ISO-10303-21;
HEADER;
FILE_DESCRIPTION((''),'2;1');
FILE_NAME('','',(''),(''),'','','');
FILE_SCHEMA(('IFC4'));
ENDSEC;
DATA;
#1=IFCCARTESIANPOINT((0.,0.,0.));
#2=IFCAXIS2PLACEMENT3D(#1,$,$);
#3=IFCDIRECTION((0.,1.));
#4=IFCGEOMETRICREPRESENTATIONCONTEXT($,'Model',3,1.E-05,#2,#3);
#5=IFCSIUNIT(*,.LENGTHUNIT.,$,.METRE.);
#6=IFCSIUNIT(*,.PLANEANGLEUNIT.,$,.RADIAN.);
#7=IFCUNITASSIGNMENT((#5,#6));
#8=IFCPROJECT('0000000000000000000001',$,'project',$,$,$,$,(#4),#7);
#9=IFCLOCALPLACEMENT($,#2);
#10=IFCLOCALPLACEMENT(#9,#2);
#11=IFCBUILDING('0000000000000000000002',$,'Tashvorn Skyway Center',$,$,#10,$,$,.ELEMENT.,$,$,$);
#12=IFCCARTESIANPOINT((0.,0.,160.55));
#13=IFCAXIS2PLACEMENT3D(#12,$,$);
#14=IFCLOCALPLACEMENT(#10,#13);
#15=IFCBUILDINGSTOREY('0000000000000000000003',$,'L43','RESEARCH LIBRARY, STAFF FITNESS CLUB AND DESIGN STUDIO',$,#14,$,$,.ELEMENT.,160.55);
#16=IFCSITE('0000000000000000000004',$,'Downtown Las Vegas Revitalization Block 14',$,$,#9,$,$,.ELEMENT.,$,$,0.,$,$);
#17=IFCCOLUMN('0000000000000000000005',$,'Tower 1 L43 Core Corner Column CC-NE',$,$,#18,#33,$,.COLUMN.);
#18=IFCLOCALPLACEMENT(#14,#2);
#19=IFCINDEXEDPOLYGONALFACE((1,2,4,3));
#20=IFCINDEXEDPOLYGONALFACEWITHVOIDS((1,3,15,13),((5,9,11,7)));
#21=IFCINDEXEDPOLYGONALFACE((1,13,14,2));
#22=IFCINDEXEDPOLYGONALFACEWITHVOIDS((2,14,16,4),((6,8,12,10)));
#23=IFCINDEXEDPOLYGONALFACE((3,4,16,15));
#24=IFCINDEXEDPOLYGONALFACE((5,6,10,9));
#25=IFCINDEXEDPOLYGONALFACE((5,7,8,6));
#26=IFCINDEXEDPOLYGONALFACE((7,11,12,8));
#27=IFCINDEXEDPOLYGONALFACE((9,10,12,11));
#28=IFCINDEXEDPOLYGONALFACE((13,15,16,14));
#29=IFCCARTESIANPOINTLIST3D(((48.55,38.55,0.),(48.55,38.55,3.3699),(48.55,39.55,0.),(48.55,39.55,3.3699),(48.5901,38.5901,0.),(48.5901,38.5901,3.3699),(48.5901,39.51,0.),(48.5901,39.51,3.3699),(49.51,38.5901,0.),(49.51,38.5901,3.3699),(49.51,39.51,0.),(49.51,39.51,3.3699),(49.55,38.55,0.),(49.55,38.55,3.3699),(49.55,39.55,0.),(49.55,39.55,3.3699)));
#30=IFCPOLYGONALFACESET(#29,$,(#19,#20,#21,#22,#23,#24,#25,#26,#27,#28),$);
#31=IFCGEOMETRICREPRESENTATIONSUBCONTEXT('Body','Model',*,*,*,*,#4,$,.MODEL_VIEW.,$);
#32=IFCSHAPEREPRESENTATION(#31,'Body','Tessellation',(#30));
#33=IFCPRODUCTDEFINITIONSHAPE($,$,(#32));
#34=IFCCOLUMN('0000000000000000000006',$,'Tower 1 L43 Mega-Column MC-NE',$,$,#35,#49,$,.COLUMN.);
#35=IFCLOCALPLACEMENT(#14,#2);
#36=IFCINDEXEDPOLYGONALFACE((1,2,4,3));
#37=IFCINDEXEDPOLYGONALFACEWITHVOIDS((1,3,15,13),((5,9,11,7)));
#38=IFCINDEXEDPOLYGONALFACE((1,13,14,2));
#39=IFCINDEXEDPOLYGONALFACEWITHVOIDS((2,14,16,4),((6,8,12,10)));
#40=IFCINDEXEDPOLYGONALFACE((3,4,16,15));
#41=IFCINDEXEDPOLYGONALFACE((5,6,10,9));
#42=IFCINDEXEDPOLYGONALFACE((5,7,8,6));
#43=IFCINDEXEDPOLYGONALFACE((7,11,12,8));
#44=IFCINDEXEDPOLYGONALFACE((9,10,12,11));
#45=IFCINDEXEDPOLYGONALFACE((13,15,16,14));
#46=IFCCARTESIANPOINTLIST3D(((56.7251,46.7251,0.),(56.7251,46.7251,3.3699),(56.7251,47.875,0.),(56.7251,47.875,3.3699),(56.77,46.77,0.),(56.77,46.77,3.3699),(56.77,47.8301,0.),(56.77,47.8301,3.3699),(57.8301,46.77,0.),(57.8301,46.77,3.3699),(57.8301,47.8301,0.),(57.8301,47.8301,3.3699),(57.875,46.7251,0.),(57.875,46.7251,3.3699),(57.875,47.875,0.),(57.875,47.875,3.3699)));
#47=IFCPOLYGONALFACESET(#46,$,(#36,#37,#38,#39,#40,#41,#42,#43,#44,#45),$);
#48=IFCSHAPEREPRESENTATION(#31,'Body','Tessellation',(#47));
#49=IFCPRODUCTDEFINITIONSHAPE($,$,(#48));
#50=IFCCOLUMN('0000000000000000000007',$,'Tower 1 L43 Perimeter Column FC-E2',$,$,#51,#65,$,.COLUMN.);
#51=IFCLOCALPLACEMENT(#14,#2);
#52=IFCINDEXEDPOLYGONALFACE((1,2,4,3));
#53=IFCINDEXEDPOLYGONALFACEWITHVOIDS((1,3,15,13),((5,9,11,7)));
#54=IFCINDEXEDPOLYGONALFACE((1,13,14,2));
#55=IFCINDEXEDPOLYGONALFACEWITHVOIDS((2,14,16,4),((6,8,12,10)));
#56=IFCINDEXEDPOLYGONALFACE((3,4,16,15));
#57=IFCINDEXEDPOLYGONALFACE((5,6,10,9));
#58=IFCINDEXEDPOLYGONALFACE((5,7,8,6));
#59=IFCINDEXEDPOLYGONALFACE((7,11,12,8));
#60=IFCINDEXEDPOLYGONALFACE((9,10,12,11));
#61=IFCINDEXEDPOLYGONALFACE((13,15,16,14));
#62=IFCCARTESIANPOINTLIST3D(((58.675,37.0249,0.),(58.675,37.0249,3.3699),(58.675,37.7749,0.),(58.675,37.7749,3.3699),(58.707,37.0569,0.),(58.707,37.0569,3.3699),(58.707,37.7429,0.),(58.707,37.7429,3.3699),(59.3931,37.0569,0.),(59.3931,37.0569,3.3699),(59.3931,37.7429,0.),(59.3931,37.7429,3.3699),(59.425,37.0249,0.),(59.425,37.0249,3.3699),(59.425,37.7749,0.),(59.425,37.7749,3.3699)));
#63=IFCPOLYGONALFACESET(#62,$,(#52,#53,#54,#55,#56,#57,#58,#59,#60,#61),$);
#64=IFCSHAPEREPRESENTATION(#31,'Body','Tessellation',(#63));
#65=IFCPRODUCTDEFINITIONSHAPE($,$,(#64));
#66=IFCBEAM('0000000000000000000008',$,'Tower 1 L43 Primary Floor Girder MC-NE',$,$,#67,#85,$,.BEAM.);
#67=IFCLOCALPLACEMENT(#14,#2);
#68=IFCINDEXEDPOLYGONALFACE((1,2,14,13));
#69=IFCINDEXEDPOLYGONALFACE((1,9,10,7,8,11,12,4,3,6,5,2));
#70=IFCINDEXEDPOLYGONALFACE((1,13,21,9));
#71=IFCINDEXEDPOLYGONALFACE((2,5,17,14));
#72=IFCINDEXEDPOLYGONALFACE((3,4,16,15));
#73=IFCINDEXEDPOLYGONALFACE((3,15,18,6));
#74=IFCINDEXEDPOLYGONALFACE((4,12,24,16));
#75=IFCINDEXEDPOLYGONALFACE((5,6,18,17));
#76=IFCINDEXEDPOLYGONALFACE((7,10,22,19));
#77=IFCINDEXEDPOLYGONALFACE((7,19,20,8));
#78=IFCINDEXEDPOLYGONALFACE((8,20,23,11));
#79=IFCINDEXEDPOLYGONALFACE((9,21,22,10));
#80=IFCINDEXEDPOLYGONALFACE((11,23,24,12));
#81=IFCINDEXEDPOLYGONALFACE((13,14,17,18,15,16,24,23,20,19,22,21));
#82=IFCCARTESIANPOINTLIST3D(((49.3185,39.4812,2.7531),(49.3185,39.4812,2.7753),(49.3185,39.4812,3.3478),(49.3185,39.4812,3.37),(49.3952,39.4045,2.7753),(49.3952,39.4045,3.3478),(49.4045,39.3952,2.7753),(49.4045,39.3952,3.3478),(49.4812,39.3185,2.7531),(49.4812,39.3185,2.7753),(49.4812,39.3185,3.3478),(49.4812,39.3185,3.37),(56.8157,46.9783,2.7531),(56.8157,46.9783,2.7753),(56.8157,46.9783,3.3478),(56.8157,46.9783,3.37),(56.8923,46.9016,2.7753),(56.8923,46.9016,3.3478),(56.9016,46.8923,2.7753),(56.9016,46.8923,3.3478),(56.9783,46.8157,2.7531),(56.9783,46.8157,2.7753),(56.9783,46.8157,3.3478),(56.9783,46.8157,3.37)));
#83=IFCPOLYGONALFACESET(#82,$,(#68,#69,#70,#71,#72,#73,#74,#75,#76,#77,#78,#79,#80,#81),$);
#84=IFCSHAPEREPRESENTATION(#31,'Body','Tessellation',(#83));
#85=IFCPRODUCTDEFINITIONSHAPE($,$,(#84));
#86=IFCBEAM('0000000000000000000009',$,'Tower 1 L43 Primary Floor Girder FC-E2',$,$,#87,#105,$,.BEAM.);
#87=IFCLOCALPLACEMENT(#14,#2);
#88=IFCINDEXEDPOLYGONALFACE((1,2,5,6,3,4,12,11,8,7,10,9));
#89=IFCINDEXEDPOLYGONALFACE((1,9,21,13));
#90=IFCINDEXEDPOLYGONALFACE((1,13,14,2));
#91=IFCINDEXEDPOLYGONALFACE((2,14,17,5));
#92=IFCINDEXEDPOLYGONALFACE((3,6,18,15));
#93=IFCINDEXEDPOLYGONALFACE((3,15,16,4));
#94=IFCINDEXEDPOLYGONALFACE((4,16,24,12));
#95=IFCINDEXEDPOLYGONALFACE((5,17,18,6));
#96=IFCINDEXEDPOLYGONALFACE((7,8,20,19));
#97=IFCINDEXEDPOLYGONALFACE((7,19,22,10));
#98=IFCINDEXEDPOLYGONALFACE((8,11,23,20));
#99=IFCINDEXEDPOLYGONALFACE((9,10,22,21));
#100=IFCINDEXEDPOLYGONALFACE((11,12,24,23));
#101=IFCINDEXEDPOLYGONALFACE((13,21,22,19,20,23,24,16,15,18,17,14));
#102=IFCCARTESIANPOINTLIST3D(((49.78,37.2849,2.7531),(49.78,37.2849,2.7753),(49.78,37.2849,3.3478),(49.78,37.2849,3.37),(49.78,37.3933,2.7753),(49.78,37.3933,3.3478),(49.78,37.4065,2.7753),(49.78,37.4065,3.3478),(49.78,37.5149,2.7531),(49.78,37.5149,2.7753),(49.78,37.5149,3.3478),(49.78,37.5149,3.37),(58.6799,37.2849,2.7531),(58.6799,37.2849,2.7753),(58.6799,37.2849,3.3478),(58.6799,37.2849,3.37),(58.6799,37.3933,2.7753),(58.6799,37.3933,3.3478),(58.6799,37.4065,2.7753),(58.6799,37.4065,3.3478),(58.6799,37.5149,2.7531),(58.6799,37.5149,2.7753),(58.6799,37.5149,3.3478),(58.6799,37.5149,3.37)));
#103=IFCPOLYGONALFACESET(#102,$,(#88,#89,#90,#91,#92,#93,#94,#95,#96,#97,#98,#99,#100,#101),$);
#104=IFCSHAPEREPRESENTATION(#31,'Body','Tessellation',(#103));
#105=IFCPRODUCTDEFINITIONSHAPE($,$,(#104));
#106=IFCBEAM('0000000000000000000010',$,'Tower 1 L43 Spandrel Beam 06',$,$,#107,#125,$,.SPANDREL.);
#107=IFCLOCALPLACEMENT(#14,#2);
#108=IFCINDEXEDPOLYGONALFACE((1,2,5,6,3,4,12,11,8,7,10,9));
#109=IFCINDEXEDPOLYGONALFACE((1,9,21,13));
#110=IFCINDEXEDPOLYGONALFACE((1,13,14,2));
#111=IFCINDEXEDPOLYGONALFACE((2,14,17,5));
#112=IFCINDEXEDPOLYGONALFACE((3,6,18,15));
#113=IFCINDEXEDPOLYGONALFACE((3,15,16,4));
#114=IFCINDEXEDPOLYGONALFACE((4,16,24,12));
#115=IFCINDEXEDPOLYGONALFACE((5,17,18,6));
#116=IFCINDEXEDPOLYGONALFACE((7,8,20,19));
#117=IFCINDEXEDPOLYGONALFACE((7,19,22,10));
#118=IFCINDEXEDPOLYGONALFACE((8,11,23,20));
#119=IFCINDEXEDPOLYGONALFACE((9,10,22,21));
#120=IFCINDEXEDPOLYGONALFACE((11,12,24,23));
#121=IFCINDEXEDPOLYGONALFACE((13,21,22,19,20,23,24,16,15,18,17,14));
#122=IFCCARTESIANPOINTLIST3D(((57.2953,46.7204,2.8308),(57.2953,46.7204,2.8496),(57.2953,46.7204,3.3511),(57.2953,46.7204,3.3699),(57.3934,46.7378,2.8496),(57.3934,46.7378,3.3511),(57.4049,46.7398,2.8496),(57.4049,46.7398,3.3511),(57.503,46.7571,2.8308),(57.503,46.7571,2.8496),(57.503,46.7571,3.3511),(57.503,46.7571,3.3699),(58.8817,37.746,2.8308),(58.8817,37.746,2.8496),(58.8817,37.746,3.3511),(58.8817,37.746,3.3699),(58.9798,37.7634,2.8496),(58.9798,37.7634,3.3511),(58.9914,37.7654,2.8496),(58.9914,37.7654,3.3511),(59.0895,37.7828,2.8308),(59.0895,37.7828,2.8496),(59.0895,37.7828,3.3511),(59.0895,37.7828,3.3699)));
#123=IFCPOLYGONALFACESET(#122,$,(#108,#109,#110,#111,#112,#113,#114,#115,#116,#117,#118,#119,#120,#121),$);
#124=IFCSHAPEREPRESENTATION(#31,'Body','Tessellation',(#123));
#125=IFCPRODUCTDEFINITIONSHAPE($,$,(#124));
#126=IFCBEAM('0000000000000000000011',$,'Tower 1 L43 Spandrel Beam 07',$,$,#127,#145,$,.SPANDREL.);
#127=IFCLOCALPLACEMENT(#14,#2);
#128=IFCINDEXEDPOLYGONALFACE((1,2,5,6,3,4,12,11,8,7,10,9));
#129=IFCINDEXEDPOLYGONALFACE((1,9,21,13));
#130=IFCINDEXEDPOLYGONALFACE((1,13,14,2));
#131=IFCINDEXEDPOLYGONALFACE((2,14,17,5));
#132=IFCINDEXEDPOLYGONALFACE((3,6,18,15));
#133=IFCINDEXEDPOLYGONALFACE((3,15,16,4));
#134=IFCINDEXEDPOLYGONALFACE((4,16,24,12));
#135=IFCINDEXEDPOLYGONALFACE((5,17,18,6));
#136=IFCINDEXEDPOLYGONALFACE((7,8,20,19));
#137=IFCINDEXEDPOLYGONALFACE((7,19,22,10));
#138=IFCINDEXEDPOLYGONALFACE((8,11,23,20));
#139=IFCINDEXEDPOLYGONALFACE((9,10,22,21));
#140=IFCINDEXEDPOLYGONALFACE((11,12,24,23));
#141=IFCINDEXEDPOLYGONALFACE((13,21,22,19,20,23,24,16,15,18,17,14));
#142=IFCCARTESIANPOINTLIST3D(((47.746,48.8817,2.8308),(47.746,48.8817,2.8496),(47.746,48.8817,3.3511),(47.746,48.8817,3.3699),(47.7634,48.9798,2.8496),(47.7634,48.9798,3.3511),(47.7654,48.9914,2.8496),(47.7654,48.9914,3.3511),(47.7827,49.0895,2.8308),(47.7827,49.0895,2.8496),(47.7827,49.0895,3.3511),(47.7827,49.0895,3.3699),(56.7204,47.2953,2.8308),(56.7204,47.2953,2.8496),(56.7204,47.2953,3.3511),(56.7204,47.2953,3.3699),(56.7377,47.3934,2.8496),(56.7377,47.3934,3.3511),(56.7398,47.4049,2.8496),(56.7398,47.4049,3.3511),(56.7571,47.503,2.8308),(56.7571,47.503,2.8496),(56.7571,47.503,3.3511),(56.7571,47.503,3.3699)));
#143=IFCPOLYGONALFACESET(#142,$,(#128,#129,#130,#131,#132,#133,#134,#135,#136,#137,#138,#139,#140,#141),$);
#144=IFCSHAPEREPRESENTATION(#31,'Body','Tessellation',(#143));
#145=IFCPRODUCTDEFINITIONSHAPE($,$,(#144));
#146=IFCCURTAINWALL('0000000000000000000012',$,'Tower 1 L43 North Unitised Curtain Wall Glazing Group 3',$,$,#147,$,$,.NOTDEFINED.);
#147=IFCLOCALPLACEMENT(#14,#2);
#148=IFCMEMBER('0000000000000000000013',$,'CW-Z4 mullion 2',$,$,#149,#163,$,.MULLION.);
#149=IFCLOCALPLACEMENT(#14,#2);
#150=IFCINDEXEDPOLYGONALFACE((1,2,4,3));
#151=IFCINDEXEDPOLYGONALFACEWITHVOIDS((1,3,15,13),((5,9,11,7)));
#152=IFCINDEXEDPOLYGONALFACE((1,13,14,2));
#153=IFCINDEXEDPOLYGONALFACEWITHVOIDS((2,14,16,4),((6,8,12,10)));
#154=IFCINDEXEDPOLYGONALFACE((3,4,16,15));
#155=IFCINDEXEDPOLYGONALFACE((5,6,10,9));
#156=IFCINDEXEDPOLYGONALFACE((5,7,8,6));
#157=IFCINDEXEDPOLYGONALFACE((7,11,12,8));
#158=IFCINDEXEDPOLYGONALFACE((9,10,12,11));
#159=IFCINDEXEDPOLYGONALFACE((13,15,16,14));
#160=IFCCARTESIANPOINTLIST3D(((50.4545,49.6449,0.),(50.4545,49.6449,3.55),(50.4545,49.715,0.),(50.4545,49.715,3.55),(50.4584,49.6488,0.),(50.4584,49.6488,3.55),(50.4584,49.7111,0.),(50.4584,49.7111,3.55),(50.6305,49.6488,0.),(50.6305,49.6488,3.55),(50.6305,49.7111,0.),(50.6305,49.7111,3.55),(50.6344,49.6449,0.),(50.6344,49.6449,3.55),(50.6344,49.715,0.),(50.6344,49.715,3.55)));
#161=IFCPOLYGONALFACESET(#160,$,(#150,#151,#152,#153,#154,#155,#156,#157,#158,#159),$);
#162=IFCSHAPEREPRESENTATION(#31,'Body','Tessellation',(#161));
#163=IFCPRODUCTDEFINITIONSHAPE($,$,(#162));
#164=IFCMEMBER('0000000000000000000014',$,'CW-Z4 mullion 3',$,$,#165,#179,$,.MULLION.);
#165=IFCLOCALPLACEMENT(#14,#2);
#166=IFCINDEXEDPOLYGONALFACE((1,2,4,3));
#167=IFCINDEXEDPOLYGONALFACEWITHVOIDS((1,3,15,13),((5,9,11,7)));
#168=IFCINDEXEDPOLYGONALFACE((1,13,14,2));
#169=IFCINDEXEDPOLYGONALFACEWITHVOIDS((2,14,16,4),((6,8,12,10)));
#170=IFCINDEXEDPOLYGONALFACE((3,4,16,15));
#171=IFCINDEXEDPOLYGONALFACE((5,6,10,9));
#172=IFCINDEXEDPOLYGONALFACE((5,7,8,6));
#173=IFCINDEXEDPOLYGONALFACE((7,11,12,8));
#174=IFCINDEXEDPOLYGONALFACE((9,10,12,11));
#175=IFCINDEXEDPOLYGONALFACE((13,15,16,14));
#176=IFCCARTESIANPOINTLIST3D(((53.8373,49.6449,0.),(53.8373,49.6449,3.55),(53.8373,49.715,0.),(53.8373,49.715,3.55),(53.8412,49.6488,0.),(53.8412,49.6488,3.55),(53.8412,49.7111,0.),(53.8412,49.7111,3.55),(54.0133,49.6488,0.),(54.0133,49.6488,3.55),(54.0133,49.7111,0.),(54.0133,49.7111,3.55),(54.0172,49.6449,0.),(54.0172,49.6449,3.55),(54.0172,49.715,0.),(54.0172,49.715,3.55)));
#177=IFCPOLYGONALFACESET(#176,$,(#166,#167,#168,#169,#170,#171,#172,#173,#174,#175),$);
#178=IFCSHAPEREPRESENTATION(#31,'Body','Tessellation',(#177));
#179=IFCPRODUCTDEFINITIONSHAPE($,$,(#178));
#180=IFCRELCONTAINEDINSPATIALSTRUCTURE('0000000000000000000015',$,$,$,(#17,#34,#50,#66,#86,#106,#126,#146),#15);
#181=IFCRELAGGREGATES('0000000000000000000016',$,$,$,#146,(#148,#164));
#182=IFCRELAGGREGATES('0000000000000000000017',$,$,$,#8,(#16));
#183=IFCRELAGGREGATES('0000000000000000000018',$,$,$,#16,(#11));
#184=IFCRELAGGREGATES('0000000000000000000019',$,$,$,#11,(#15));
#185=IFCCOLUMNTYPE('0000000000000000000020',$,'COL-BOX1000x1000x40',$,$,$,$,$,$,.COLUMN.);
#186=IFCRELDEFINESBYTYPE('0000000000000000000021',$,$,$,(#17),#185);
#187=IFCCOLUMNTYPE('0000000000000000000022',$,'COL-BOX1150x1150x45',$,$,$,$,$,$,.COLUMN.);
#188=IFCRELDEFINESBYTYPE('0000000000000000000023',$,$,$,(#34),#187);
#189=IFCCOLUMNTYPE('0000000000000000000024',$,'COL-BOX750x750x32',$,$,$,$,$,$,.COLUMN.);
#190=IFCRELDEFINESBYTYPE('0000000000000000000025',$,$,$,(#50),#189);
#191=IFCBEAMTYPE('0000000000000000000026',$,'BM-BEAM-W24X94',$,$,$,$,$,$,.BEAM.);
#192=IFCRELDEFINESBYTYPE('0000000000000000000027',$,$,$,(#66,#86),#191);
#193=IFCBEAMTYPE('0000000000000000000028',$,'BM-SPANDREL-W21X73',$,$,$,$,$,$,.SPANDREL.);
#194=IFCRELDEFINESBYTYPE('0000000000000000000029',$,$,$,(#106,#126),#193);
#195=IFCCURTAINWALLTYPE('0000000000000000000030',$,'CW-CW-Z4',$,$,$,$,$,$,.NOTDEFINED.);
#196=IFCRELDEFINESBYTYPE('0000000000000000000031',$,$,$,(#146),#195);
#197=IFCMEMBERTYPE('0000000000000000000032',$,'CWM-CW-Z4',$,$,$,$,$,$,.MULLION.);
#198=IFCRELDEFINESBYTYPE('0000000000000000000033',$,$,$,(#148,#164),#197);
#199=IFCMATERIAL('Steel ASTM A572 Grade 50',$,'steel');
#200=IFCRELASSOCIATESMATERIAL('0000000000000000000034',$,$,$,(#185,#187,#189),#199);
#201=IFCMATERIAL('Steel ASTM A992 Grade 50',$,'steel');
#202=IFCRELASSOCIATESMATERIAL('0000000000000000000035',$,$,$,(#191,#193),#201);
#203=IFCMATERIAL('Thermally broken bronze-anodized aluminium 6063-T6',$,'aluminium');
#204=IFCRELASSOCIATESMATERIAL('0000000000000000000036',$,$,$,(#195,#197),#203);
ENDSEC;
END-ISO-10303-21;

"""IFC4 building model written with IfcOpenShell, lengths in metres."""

from ifc_helpers import new_model, si_unit, direction, frame, origin, origin_2d, place, context, subcontext, project, spatial, hollow_rectangle, i_section, extrude, material, material_profile, profile_set, type_object, element, aggregate, save


model = new_model("IFC4")

# Units and contexts
model_context = context("Model", 3, precision=1e-05, world=origin(), true_north=direction((0.0, 1.0)))
body_context = subcontext(model_context, "Body", "Model", "MODEL_VIEW")
ifc_project = project(units=[si_unit("LENGTHUNIT", "METRE"), si_unit("PLANEANGLEUNIT", "RADIAN")], contexts=[model_context])

# Site, building, storey
site_placement = place(None, origin())
site = spatial("IfcSite", under=ifc_project, at=site_placement, Name="Downtown Las Vegas Revitalization Block 14", CompositionType="ELEMENT", RefElevation=0.0)
building_placement = place(site_placement, origin())
building = spatial("IfcBuilding", under=site, at=building_placement, Name="Tashvorn Skyway Center", CompositionType="ELEMENT")
storey_placement = place(building_placement, frame((0.0, 0.0, 160.55)))
storey = spatial("IfcBuildingStorey", under=building, at=storey_placement, Name="L43", Description="RESEARCH LIBRARY, STAFF FITNESS CLUB AND DESIGN STUDIO", CompositionType="ELEMENT", Elevation=160.55)

# Columns
ifc_material_1 = material(Name="Steel ASTM A572 Grade 50", Category="steel")
ifc_material_profile_1 = material_profile(ifc_material_1, hollow_rectangle(XDim=1.0, YDim=1.0, WallThickness=0.04, at=origin_2d()), Name="BOX1000x1000x40")
ifc_profile_set_1 = profile_set([ifc_material_profile_1], Name="Steel ASTM A572 Grade 50")
column_type_1 = type_object("IfcColumnType", Name="COL-BOX1000x1000x40", PredefinedType="COLUMN", material=ifc_profile_set_1)
column_1_placement = place(storey_placement, frame((49.05, 39.05, 0.0), z_axis=(0.0, 0.0, 1.0), x_axis=(1.0, 0.0, 0.0)))
element("IfcColumn", 1, at=column_1_placement, inside=storey, type_object=column_type_1, Name="Tower 1 L43 Core Corner Column CC-NE", PredefinedType="COLUMN", context=body_context, shape_type="SweptSolid", body=[
    extrude(hollow_rectangle(XDim=1.0, YDim=1.0, WallThickness=0.04, at=origin_2d()), origin(), (0.0, 0.0, 1.0), 3.3699),
])
ifc_material_profile_2 = material_profile(ifc_material_1, hollow_rectangle(XDim=1.1499, YDim=1.1499, WallThickness=0.0449, at=origin_2d()), Name="BOX1150x1150x45")
ifc_profile_set_2 = profile_set([ifc_material_profile_2], Name="Steel ASTM A572 Grade 50")
column_type_2 = type_object("IfcColumnType", Name="COL-BOX1150x1150x45", PredefinedType="COLUMN", material=ifc_profile_set_2)
column_2_placement = place(storey_placement, frame((57.3, 47.3, 0.0), z_axis=(0.0, 0.0, 1.0), x_axis=(1.0, 0.0, 0.0)))
element("IfcColumn", 2, at=column_2_placement, inside=storey, type_object=column_type_2, Name="Tower 1 L43 Mega-Column MC-NE", PredefinedType="COLUMN", context=body_context, shape_type="SweptSolid", body=[
    extrude(hollow_rectangle(XDim=1.1499, YDim=1.1499, WallThickness=0.0449, at=origin_2d()), origin(), (0.0, 0.0, 1.0), 3.3699),
])
ifc_material_profile_3 = material_profile(ifc_material_1, hollow_rectangle(XDim=0.75, YDim=0.75, WallThickness=0.032, at=origin_2d()), Name="BOX750x750x32")
ifc_profile_set_3 = profile_set([ifc_material_profile_3], Name="Steel ASTM A572 Grade 50")
column_type_3 = type_object("IfcColumnType", Name="COL-BOX750x750x32", PredefinedType="COLUMN", material=ifc_profile_set_3)
column_3_placement = place(storey_placement, frame((59.05, 37.3999, 0.0), z_axis=(0.0, 0.0, 1.0), x_axis=(1.0, 0.0, 0.0)))
element("IfcColumn", 3, at=column_3_placement, inside=storey, type_object=column_type_3, Name="Tower 1 L43 Perimeter Column FC-E2", PredefinedType="COLUMN", context=body_context, shape_type="SweptSolid", body=[
    extrude(hollow_rectangle(XDim=0.75, YDim=0.75, WallThickness=0.032, at=origin_2d()), origin(), (0.0, 0.0, 1.0), 3.3699),
])

# Beams
ifc_material_2 = material(Name="Steel ASTM A992 Grade 50", Category="steel")
ifc_material_profile_4 = material_profile(ifc_material_2, i_section(OverallWidth=0.23, OverallDepth=0.6169, WebThickness=0.0132, FlangeThickness=0.0222, at=origin_2d()), Name="W24X94")
ifc_profile_set_4 = profile_set([ifc_material_profile_4], Name="Steel ASTM A992 Grade 50")
beam_type_1 = type_object("IfcBeamType", Name="BM-BEAM-W24X94", PredefinedType="BEAM", material=ifc_profile_set_4)
beam_1_placement = place(storey_placement, frame((56.897, 46.897, 3.0615), z_axis=(-0.707107, -0.707107, 0.0), x_axis=(0.707107, -0.707107, 0.0)))
element("IfcBeam", 4, at=beam_1_placement, inside=storey, type_object=beam_type_1, Name="Tower 1 L43 Primary Floor Girder MC-NE", PredefinedType="BEAM", context=body_context, shape_type="SweptSolid", body=[
    extrude(i_section(OverallWidth=0.23, OverallDepth=0.6169, WebThickness=0.0132, FlangeThickness=0.0222, at=origin_2d()), origin(), (0.0, 0.0, 1.0), 10.6025),
])
beam_2_placement = place(storey_placement, frame((58.6799, 37.3999, 3.0615), z_axis=(-1.0, 0.0, 0.0), x_axis=(0.0, -1.0, 0.0)))
element("IfcBeam", 5, at=beam_2_placement, inside=storey, type_object=beam_type_1, Name="Tower 1 L43 Primary Floor Girder FC-E2", PredefinedType="BEAM", context=body_context, shape_type="SweptSolid", body=[
    extrude(i_section(OverallWidth=0.23, OverallDepth=0.6169, WebThickness=0.0132, FlangeThickness=0.0222, at=origin_2d()), origin(), (0.0, 0.0, 1.0), 8.8999),
])
ifc_material_profile_5 = material_profile(ifc_material_2, i_section(OverallWidth=0.2109, OverallDepth=0.5391, WebThickness=0.0117, FlangeThickness=0.0188, at=origin_2d()), Name="W21X73")
ifc_profile_set_5 = profile_set([ifc_material_profile_5], Name="Steel ASTM A992 Grade 50")
beam_type_2 = type_object("IfcBeamType", Name="BM-SPANDREL-W21X73", PredefinedType="SPANDREL", material=ifc_profile_set_5)
for number, where, z_axis, x_axis, name in (
    (6, (58.9856, 37.7644, 3.1003), (-0.174074, 0.984733, 0.0), (-0.984733, -0.174074, 0.0), "Tower 1 L43 Spandrel Beam 06"),
    (7, (56.7388, 47.3992, 3.1003), (-0.984733, 0.174074, 0.0), (-0.174074, -0.984733, 0.0), "Tower 1 L43 Spandrel Beam 07"),
):
    element("IfcBeam", number, at=place(storey_placement, frame(where, z_axis=z_axis, x_axis=x_axis)), inside=storey, type_object=beam_type_2, Name=name, PredefinedType="SPANDREL", context=body_context, shape_type="SweptSolid", body=[
        extrude(i_section(OverallWidth=0.2109, OverallDepth=0.5391, WebThickness=0.0117, FlangeThickness=0.0188, at=origin_2d()), origin(), (0.0, 0.0, 1.0), 9.1135),
    ])

# Curtain wall, members
ifc_material_3 = material(Name="Thermally broken bronze-anodized aluminium 6063-T6", Category="aluminium")
curtain_wall_type = type_object("IfcCurtainWallType", Name="CW-CW-Z4", PredefinedType="NOTDEFINED", material=ifc_material_3)
curtain_wall_1_placement = place(storey_placement, origin())
curtain_wall_1 = element("IfcCurtainWall", 8, at=curtain_wall_1_placement, inside=storey, type_object=curtain_wall_type, Name="Tower 1 L43 North Unitised Curtain Wall Glazing Group 3", PredefinedType="NOTDEFINED")
ifc_material_profile_6 = material_profile(ifc_material_3, hollow_rectangle(XDim=0.0701, YDim=0.1799, WallThickness=0.0039, at=origin_2d()), Name="ALU-MULL-70x180")
ifc_profile_set_6 = profile_set([ifc_material_profile_6], Name="Thermally broken bronze-anodized aluminium 6063-T6")
member_type_1 = type_object("IfcMemberType", Name="CWM-CW-Z4", PredefinedType="MULLION", material=ifc_profile_set_6)
member_1_placement = place(storey_placement, frame((50.5444, 49.6799, 0.0), z_axis=(0.0, 0.0, 1.0), x_axis=(0.0, 1.0, 0.0)))
member_1 = element("IfcMember", 9, at=member_1_placement, type_object=member_type_1, Name="CW-Z4 mullion 2", PredefinedType="MULLION", context=body_context, shape_type="SweptSolid", body=[
    extrude(hollow_rectangle(XDim=0.0701, YDim=0.1799, WallThickness=0.0039, at=origin_2d()), origin(), (0.0, 0.0, 1.0), 3.55),
])
member_2_placement = place(storey_placement, frame((53.9272, 49.6799, 0.0), z_axis=(0.0, 0.0, 1.0), x_axis=(0.0, 1.0, 0.0)))
member_2 = element("IfcMember", 10, at=member_2_placement, type_object=member_type_1, Name="CW-Z4 mullion 3", PredefinedType="MULLION", context=body_context, shape_type="SweptSolid", body=[
    extrude(hollow_rectangle(XDim=0.0701, YDim=0.1799, WallThickness=0.0039, at=origin_2d()), origin(), (0.0, 0.0, 1.0), 3.55),
])

aggregate(curtain_wall_1, [member_1, member_2])

save(model, "model.ifc")
